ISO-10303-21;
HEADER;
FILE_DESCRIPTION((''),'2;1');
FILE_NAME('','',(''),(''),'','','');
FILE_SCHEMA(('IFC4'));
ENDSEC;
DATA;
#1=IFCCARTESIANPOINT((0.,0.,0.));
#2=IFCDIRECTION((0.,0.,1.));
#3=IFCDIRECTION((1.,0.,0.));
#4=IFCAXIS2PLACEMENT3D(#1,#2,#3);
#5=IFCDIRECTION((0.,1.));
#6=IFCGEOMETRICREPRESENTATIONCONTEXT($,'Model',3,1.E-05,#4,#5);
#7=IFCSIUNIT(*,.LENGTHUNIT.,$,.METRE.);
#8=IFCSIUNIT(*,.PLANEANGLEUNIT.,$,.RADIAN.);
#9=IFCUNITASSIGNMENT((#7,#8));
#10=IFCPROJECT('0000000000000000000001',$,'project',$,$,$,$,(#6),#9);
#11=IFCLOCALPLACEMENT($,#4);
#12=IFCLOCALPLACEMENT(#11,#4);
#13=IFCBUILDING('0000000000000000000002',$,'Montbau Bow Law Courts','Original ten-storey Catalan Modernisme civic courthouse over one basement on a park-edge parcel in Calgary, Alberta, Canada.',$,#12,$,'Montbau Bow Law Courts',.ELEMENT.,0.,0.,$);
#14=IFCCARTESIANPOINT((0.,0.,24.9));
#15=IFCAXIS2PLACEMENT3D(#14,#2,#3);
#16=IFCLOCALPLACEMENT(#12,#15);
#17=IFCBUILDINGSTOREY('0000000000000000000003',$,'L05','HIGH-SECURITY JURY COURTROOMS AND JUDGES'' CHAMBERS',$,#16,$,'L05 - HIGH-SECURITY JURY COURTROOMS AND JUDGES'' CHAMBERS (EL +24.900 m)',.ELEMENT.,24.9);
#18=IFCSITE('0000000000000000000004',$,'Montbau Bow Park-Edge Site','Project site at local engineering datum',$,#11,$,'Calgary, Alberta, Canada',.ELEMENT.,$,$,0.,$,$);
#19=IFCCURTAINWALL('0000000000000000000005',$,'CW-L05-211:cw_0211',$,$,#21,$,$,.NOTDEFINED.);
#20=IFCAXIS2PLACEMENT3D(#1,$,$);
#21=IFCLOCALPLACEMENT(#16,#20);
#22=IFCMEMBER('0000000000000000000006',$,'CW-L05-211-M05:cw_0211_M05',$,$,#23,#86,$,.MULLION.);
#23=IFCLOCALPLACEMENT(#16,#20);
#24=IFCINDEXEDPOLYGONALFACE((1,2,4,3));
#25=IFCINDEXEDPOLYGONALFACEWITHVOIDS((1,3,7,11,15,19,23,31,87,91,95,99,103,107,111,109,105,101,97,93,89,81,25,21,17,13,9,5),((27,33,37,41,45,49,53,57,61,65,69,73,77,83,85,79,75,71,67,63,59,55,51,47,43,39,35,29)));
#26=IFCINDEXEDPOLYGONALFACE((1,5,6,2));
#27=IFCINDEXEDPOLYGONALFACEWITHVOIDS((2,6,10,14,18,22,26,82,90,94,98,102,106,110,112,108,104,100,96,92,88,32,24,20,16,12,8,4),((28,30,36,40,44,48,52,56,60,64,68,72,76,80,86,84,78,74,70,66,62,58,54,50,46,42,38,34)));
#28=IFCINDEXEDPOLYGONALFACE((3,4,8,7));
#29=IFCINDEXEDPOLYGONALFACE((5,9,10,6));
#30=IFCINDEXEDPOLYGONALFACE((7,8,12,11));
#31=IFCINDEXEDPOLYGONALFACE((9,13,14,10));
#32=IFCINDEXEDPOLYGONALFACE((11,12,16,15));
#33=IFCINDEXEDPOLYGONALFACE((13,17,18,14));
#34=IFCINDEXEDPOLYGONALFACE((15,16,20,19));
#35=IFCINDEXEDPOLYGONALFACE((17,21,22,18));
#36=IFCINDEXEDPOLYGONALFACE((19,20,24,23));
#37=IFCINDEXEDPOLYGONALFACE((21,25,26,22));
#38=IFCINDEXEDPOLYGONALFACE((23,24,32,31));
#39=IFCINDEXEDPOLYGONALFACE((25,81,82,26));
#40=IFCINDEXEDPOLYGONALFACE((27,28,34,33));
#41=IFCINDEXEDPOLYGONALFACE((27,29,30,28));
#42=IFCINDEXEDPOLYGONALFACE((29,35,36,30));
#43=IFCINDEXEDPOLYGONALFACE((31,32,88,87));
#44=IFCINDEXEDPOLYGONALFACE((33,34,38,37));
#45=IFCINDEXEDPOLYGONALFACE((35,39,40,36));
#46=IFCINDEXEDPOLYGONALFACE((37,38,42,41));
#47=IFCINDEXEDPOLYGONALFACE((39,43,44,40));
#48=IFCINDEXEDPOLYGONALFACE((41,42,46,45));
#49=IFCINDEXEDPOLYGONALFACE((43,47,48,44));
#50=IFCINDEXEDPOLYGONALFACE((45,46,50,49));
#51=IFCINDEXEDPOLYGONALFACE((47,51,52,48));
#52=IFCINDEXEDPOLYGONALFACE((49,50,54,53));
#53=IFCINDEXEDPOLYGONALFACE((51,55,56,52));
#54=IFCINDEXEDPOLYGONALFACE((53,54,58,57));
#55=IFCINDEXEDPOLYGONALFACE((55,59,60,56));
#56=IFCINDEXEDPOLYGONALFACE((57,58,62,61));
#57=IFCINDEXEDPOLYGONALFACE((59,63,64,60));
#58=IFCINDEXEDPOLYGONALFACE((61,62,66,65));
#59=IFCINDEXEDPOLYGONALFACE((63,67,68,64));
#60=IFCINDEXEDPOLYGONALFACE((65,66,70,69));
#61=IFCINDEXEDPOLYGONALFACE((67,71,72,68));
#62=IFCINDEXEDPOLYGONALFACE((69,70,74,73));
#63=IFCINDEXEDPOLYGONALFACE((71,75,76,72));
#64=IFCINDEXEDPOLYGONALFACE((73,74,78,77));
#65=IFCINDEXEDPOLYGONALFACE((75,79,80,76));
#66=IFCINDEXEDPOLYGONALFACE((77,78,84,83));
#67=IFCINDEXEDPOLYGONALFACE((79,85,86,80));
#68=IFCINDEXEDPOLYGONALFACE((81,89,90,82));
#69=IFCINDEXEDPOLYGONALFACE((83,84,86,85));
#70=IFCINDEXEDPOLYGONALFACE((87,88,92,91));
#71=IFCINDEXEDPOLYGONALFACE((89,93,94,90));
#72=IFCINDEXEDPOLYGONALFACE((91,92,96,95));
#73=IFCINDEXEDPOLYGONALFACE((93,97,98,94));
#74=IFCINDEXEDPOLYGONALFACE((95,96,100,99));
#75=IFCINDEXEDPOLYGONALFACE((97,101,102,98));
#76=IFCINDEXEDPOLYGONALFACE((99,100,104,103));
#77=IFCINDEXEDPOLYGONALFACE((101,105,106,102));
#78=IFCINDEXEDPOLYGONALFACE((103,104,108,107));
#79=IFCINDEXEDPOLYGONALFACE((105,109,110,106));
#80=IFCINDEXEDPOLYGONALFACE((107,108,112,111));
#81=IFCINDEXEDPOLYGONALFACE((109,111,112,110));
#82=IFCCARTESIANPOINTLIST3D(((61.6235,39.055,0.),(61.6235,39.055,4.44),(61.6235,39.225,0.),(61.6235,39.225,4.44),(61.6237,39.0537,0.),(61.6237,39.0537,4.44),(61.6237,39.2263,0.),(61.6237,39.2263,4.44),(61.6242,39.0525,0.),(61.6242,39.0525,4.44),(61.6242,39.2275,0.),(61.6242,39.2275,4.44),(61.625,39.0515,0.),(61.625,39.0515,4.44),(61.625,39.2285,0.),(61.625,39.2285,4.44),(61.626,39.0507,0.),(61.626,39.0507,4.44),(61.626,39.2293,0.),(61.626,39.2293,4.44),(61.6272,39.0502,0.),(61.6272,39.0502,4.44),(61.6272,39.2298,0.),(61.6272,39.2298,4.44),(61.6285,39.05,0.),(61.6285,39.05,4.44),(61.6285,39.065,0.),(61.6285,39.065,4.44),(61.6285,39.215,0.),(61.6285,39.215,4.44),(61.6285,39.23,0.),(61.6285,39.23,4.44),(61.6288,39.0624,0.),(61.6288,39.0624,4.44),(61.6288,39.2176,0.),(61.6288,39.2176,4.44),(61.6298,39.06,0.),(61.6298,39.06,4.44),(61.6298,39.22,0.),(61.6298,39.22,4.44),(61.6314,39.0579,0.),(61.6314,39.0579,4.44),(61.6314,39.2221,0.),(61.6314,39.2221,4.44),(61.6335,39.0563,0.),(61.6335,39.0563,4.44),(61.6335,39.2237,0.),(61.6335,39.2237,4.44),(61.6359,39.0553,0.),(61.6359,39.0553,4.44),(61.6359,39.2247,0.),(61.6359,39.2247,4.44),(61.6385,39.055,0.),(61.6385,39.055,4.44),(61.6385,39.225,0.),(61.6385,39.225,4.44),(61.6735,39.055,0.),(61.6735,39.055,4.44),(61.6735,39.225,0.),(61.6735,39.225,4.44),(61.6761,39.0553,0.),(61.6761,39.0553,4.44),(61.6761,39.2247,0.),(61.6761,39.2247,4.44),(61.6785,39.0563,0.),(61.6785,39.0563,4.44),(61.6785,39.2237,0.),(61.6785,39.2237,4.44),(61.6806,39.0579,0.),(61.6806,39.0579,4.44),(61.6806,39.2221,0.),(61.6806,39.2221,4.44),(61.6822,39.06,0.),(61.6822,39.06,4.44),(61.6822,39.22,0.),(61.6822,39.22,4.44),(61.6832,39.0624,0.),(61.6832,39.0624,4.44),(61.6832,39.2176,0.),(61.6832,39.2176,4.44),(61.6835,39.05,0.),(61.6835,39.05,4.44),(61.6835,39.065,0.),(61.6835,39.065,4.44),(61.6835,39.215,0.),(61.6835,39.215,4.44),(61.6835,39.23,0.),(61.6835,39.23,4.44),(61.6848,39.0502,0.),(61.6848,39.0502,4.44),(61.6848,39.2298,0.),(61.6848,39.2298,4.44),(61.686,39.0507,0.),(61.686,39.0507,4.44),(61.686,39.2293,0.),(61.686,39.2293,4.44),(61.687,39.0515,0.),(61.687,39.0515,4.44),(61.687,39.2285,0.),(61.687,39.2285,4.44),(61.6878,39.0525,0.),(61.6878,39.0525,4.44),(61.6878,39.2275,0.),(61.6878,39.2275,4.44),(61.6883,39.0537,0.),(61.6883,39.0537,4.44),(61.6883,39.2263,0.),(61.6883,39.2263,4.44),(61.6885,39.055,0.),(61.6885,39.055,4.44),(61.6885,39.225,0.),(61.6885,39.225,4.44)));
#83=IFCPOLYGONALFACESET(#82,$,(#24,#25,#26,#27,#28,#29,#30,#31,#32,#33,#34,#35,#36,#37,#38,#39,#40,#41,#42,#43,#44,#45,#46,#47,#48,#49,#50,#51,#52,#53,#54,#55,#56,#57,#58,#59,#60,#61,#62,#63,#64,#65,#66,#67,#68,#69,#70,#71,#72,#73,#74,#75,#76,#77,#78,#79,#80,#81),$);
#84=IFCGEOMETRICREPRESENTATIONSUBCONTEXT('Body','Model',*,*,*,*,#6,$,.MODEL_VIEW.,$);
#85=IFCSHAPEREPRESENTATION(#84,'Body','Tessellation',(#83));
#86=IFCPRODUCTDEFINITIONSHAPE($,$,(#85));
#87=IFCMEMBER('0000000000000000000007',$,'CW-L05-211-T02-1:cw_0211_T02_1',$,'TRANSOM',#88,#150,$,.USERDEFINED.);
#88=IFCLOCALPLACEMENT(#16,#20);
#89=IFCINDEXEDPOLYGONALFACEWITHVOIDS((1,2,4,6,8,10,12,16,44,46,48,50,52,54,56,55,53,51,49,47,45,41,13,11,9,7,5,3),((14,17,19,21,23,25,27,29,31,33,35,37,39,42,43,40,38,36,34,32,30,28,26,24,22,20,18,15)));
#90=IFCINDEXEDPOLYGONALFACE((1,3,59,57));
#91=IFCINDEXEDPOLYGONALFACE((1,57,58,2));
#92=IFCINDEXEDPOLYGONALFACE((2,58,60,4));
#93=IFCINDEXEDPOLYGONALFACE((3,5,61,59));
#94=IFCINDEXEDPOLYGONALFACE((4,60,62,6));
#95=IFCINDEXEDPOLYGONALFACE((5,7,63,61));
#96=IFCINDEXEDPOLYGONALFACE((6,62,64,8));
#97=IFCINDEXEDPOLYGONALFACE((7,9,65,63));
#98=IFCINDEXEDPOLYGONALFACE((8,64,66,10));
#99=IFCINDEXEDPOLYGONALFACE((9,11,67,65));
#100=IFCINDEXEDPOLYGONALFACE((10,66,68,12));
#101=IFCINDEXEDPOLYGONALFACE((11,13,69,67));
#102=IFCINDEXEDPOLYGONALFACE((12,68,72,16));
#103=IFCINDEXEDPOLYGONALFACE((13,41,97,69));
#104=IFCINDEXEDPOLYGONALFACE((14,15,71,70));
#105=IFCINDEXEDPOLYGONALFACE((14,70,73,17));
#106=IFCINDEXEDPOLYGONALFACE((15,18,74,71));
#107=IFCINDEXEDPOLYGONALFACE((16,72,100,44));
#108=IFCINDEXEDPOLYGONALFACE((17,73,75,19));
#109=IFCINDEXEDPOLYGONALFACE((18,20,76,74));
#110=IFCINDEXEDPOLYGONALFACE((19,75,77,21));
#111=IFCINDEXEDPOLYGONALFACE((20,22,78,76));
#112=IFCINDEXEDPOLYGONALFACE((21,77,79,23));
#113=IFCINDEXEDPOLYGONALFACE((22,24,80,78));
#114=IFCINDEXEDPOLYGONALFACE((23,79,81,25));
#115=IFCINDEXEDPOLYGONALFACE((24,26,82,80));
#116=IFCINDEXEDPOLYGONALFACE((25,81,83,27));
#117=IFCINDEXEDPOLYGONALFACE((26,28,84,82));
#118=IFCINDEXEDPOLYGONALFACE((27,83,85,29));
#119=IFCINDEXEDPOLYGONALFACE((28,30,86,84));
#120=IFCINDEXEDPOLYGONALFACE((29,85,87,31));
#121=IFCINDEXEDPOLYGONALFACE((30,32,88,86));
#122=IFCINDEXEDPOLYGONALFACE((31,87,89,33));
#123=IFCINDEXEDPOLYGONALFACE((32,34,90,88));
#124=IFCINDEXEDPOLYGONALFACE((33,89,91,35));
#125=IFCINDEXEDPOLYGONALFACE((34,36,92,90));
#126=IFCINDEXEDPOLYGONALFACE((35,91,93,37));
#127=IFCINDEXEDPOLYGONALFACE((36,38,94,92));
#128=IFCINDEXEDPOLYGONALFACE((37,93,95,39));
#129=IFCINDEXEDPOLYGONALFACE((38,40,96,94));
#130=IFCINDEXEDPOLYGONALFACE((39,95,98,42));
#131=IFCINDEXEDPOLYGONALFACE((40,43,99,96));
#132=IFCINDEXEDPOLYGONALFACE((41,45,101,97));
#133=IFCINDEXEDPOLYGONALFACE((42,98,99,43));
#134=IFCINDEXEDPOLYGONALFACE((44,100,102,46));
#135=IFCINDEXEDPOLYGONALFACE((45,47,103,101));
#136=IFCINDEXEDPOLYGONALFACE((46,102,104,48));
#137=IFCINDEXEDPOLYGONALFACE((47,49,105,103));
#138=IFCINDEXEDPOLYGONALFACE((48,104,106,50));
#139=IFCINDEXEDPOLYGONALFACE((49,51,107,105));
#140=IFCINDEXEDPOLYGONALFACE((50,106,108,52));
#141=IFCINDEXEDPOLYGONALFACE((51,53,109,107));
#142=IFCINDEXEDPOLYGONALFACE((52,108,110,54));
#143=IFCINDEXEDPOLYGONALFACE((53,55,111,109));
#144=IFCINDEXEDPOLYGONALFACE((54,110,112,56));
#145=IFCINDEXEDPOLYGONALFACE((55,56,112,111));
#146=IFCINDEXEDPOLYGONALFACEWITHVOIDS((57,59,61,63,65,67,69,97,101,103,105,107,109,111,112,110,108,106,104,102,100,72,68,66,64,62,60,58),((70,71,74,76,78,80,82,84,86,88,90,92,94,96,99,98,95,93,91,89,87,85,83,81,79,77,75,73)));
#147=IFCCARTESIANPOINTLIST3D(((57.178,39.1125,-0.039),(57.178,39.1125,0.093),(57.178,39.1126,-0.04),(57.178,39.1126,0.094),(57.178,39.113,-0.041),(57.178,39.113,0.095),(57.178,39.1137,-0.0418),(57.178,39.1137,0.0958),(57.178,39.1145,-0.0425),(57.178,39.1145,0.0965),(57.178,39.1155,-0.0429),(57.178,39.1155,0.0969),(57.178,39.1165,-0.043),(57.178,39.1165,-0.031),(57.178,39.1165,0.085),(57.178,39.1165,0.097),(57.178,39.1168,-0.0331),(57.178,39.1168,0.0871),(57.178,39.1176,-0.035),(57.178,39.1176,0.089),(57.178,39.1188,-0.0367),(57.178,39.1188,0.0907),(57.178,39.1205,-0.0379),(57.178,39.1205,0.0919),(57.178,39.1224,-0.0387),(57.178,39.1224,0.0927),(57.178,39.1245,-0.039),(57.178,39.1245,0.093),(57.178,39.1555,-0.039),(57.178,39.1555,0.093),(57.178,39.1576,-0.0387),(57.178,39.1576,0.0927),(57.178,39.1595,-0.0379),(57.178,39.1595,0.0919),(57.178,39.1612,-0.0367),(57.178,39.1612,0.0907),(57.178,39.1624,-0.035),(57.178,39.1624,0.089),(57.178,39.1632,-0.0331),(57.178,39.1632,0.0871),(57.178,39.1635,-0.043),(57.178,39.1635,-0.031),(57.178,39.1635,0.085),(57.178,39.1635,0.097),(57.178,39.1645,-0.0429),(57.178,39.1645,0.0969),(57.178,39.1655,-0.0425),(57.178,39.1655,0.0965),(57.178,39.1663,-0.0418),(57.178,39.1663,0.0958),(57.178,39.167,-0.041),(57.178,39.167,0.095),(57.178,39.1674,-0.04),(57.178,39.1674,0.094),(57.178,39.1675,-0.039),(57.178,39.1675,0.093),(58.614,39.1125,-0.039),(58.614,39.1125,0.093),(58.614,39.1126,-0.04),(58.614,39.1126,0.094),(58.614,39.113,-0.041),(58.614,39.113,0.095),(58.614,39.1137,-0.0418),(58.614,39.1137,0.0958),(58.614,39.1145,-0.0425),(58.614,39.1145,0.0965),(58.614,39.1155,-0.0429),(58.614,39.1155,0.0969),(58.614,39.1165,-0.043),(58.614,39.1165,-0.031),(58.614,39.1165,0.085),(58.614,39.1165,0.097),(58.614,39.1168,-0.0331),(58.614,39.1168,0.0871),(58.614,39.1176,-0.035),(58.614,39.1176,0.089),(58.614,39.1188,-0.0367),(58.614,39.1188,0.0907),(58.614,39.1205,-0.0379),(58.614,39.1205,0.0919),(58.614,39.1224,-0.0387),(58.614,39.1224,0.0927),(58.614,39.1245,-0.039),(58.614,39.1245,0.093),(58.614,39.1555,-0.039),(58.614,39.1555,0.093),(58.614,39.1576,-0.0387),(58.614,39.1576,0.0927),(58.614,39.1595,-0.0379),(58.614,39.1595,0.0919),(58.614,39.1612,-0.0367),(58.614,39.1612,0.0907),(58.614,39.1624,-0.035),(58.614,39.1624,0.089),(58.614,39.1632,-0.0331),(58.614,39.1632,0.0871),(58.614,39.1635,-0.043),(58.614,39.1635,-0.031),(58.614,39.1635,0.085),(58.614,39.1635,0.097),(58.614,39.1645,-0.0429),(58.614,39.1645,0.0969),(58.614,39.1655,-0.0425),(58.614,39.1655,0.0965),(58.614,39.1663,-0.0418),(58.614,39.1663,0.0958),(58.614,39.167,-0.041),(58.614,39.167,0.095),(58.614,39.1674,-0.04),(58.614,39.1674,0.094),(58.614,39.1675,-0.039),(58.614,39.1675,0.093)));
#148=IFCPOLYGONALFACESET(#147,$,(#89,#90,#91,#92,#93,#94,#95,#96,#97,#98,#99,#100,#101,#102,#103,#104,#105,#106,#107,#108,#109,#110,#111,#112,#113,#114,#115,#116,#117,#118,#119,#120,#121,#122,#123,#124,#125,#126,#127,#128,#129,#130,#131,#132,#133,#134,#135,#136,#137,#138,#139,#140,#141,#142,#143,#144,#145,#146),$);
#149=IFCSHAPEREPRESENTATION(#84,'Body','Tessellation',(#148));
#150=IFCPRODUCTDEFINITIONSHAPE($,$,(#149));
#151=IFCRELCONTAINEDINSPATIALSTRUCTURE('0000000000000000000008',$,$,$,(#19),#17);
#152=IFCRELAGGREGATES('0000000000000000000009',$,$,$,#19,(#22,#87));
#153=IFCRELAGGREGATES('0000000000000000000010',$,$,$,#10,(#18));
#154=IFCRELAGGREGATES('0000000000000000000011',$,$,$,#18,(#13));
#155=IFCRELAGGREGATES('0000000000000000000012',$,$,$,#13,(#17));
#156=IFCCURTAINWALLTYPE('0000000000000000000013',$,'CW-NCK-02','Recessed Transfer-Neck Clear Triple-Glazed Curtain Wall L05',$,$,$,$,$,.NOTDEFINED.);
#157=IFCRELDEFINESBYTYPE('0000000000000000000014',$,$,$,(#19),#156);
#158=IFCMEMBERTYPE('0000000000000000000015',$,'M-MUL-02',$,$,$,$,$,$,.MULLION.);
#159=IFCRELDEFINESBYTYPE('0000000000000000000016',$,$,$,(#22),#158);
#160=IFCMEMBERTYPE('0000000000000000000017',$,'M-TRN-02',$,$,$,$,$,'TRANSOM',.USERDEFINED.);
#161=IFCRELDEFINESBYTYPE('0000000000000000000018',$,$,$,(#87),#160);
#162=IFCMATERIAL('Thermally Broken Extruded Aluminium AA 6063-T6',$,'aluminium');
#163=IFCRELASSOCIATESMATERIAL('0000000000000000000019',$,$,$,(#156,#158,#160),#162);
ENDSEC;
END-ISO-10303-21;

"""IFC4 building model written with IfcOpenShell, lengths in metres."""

from ifc_helpers import new_model, si_unit, direction, frame, origin_with_axes, origin_2d_with_axis, place, context, subcontext, project, spatial, hollow_rectangle, extrude, material, material_profile, profile_set, type_object, element, aggregate, save


model = new_model("IFC4")

# Units and contexts
model_context = context("Model", 3, precision=1e-05, world=origin_with_axes(), true_north=direction((0.0, 1.0)))
body_context = subcontext(model_context, "Body", "Model", "MODEL_VIEW")
ifc_project = project(units=[si_unit("LENGTHUNIT", "METRE"), si_unit("PLANEANGLEUNIT", "RADIAN")], contexts=[model_context])

# Site, building, storey
site_placement = place(None, origin_with_axes())
site = spatial("IfcSite", under=ifc_project, at=site_placement, Name="Montbau Bow Park-Edge Site", Description="Project site at local engineering datum", LongName="Calgary, Alberta, Canada", CompositionType="ELEMENT", RefElevation=0.0)
building_placement = place(site_placement, origin_with_axes())
building = spatial("IfcBuilding", under=site, at=building_placement, Name="Montbau Bow Law Courts", Description="Original ten-storey Catalan Modernisme civic courthouse over one basement on a park-edge parcel in Calgary, Alberta, Canada.", LongName="Montbau Bow Law Courts", CompositionType="ELEMENT", ElevationOfRefHeight=0.0, ElevationOfTerrain=0.0)
storey_placement = place(building_placement, frame((0.0, 0.0, 24.9), z_axis=(0.0, 0.0, 1.0), x_axis=(1.0, 0.0, 0.0)))
storey = spatial("IfcBuildingStorey", under=building, at=storey_placement, Name="L05", Description="HIGH-SECURITY JURY COURTROOMS AND JUDGES' CHAMBERS", LongName="L05 - HIGH-SECURITY JURY COURTROOMS AND JUDGES' CHAMBERS (EL +24.900 m)", CompositionType="ELEMENT", Elevation=24.9)

# Curtain wall, members
ifc_material_1 = material(Name="Thermally Broken Extruded Aluminium AA 6063-T6", Category="aluminium")
curtain_wall_type = type_object("IfcCurtainWallType", Name="CW-NCK-02", Description="Recessed Transfer-Neck Clear Triple-Glazed Curtain Wall L05", PredefinedType="NOTDEFINED", material=ifc_material_1)
curtain_wall_placement = place(None, frame((55.64, 39.14, 24.9), z_axis=(0.0, 0.0, 1.0), x_axis=(1.0, 0.0, 0.0)))
curtain_wall = element("IfcCurtainWall", 1, at=curtain_wall_placement, inside=storey, type_object=curtain_wall_type, Name="CW-L05-211:cw_0211", PredefinedType="NOTDEFINED")
ifc_material_profile_1 = material_profile(ifc_material_1, hollow_rectangle(XDim=0.065, YDim=0.18, WallThickness=0.005, InnerFilletRadius=0.01, OuterFilletRadius=0.005, at=origin_2d_with_axis()), Name="CWM-180X65", Category="Main", Priority=0)
ifc_profile_set_1 = profile_set([ifc_material_profile_1], Name="Thermally Broken Extruded Aluminium AA 6063-T6")
member_type_1 = type_object("IfcMemberType", Name="M-MUL-02", PredefinedType="MULLION", material=ifc_profile_set_1)
member_1_placement = place(None, frame((61.656, 39.14, 24.9), z_axis=(0.0, 0.0, 1.0), x_axis=(1.0, 0.0, 0.0)))
member_1 = element("IfcMember", 2, at=member_1_placement, type_object=member_type_1, Name="CW-L05-211-M05:cw_0211_M05", PredefinedType="MULLION", context=body_context, shape_type="SweptSolid", body=[
    extrude(hollow_rectangle(XDim=0.065, YDim=0.18, WallThickness=0.005, InnerFilletRadius=0.01, OuterFilletRadius=0.005, at=origin_2d_with_axis()), origin_with_axes(), (0.0, 0.0, 1.0), 4.44),
])
ifc_material_profile_2 = material_profile(ifc_material_1, hollow_rectangle(XDim=0.055, YDim=0.14, WallThickness=0.004, InnerFilletRadius=0.008, OuterFilletRadius=0.004, at=origin_2d_with_axis()), Name="CWT-140X55", Category="Main", Priority=0)
ifc_profile_set_2 = profile_set([ifc_material_profile_2], Name="Thermally Broken Extruded Aluminium AA 6063-T6")
member_type_2 = type_object("IfcMemberType", Name="M-TRN-02", ElementType="TRANSOM", PredefinedType="USERDEFINED", material=ifc_profile_set_2)
member_2_placement = place(None, frame((57.178, 39.14, 24.927), z_axis=(1.0, 0.0, 0.0), x_axis=(0.0, 1.0, 0.0)))
member_2 = element("IfcMember", 3, at=member_2_placement, type_object=member_type_2, Name="CW-L05-211-T02-1:cw_0211_T02_1", ObjectType="TRANSOM", PredefinedType="USERDEFINED", context=body_context, shape_type="SweptSolid", body=[
    extrude(hollow_rectangle(XDim=0.055, YDim=0.14, WallThickness=0.004, InnerFilletRadius=0.008, OuterFilletRadius=0.004, at=origin_2d_with_axis()), origin_with_axes(), (0.0, 0.0, 1.0), 1.436),
])
aggregate(curtain_wall, [member_1, member_2])

save(model, "model.ifc")
